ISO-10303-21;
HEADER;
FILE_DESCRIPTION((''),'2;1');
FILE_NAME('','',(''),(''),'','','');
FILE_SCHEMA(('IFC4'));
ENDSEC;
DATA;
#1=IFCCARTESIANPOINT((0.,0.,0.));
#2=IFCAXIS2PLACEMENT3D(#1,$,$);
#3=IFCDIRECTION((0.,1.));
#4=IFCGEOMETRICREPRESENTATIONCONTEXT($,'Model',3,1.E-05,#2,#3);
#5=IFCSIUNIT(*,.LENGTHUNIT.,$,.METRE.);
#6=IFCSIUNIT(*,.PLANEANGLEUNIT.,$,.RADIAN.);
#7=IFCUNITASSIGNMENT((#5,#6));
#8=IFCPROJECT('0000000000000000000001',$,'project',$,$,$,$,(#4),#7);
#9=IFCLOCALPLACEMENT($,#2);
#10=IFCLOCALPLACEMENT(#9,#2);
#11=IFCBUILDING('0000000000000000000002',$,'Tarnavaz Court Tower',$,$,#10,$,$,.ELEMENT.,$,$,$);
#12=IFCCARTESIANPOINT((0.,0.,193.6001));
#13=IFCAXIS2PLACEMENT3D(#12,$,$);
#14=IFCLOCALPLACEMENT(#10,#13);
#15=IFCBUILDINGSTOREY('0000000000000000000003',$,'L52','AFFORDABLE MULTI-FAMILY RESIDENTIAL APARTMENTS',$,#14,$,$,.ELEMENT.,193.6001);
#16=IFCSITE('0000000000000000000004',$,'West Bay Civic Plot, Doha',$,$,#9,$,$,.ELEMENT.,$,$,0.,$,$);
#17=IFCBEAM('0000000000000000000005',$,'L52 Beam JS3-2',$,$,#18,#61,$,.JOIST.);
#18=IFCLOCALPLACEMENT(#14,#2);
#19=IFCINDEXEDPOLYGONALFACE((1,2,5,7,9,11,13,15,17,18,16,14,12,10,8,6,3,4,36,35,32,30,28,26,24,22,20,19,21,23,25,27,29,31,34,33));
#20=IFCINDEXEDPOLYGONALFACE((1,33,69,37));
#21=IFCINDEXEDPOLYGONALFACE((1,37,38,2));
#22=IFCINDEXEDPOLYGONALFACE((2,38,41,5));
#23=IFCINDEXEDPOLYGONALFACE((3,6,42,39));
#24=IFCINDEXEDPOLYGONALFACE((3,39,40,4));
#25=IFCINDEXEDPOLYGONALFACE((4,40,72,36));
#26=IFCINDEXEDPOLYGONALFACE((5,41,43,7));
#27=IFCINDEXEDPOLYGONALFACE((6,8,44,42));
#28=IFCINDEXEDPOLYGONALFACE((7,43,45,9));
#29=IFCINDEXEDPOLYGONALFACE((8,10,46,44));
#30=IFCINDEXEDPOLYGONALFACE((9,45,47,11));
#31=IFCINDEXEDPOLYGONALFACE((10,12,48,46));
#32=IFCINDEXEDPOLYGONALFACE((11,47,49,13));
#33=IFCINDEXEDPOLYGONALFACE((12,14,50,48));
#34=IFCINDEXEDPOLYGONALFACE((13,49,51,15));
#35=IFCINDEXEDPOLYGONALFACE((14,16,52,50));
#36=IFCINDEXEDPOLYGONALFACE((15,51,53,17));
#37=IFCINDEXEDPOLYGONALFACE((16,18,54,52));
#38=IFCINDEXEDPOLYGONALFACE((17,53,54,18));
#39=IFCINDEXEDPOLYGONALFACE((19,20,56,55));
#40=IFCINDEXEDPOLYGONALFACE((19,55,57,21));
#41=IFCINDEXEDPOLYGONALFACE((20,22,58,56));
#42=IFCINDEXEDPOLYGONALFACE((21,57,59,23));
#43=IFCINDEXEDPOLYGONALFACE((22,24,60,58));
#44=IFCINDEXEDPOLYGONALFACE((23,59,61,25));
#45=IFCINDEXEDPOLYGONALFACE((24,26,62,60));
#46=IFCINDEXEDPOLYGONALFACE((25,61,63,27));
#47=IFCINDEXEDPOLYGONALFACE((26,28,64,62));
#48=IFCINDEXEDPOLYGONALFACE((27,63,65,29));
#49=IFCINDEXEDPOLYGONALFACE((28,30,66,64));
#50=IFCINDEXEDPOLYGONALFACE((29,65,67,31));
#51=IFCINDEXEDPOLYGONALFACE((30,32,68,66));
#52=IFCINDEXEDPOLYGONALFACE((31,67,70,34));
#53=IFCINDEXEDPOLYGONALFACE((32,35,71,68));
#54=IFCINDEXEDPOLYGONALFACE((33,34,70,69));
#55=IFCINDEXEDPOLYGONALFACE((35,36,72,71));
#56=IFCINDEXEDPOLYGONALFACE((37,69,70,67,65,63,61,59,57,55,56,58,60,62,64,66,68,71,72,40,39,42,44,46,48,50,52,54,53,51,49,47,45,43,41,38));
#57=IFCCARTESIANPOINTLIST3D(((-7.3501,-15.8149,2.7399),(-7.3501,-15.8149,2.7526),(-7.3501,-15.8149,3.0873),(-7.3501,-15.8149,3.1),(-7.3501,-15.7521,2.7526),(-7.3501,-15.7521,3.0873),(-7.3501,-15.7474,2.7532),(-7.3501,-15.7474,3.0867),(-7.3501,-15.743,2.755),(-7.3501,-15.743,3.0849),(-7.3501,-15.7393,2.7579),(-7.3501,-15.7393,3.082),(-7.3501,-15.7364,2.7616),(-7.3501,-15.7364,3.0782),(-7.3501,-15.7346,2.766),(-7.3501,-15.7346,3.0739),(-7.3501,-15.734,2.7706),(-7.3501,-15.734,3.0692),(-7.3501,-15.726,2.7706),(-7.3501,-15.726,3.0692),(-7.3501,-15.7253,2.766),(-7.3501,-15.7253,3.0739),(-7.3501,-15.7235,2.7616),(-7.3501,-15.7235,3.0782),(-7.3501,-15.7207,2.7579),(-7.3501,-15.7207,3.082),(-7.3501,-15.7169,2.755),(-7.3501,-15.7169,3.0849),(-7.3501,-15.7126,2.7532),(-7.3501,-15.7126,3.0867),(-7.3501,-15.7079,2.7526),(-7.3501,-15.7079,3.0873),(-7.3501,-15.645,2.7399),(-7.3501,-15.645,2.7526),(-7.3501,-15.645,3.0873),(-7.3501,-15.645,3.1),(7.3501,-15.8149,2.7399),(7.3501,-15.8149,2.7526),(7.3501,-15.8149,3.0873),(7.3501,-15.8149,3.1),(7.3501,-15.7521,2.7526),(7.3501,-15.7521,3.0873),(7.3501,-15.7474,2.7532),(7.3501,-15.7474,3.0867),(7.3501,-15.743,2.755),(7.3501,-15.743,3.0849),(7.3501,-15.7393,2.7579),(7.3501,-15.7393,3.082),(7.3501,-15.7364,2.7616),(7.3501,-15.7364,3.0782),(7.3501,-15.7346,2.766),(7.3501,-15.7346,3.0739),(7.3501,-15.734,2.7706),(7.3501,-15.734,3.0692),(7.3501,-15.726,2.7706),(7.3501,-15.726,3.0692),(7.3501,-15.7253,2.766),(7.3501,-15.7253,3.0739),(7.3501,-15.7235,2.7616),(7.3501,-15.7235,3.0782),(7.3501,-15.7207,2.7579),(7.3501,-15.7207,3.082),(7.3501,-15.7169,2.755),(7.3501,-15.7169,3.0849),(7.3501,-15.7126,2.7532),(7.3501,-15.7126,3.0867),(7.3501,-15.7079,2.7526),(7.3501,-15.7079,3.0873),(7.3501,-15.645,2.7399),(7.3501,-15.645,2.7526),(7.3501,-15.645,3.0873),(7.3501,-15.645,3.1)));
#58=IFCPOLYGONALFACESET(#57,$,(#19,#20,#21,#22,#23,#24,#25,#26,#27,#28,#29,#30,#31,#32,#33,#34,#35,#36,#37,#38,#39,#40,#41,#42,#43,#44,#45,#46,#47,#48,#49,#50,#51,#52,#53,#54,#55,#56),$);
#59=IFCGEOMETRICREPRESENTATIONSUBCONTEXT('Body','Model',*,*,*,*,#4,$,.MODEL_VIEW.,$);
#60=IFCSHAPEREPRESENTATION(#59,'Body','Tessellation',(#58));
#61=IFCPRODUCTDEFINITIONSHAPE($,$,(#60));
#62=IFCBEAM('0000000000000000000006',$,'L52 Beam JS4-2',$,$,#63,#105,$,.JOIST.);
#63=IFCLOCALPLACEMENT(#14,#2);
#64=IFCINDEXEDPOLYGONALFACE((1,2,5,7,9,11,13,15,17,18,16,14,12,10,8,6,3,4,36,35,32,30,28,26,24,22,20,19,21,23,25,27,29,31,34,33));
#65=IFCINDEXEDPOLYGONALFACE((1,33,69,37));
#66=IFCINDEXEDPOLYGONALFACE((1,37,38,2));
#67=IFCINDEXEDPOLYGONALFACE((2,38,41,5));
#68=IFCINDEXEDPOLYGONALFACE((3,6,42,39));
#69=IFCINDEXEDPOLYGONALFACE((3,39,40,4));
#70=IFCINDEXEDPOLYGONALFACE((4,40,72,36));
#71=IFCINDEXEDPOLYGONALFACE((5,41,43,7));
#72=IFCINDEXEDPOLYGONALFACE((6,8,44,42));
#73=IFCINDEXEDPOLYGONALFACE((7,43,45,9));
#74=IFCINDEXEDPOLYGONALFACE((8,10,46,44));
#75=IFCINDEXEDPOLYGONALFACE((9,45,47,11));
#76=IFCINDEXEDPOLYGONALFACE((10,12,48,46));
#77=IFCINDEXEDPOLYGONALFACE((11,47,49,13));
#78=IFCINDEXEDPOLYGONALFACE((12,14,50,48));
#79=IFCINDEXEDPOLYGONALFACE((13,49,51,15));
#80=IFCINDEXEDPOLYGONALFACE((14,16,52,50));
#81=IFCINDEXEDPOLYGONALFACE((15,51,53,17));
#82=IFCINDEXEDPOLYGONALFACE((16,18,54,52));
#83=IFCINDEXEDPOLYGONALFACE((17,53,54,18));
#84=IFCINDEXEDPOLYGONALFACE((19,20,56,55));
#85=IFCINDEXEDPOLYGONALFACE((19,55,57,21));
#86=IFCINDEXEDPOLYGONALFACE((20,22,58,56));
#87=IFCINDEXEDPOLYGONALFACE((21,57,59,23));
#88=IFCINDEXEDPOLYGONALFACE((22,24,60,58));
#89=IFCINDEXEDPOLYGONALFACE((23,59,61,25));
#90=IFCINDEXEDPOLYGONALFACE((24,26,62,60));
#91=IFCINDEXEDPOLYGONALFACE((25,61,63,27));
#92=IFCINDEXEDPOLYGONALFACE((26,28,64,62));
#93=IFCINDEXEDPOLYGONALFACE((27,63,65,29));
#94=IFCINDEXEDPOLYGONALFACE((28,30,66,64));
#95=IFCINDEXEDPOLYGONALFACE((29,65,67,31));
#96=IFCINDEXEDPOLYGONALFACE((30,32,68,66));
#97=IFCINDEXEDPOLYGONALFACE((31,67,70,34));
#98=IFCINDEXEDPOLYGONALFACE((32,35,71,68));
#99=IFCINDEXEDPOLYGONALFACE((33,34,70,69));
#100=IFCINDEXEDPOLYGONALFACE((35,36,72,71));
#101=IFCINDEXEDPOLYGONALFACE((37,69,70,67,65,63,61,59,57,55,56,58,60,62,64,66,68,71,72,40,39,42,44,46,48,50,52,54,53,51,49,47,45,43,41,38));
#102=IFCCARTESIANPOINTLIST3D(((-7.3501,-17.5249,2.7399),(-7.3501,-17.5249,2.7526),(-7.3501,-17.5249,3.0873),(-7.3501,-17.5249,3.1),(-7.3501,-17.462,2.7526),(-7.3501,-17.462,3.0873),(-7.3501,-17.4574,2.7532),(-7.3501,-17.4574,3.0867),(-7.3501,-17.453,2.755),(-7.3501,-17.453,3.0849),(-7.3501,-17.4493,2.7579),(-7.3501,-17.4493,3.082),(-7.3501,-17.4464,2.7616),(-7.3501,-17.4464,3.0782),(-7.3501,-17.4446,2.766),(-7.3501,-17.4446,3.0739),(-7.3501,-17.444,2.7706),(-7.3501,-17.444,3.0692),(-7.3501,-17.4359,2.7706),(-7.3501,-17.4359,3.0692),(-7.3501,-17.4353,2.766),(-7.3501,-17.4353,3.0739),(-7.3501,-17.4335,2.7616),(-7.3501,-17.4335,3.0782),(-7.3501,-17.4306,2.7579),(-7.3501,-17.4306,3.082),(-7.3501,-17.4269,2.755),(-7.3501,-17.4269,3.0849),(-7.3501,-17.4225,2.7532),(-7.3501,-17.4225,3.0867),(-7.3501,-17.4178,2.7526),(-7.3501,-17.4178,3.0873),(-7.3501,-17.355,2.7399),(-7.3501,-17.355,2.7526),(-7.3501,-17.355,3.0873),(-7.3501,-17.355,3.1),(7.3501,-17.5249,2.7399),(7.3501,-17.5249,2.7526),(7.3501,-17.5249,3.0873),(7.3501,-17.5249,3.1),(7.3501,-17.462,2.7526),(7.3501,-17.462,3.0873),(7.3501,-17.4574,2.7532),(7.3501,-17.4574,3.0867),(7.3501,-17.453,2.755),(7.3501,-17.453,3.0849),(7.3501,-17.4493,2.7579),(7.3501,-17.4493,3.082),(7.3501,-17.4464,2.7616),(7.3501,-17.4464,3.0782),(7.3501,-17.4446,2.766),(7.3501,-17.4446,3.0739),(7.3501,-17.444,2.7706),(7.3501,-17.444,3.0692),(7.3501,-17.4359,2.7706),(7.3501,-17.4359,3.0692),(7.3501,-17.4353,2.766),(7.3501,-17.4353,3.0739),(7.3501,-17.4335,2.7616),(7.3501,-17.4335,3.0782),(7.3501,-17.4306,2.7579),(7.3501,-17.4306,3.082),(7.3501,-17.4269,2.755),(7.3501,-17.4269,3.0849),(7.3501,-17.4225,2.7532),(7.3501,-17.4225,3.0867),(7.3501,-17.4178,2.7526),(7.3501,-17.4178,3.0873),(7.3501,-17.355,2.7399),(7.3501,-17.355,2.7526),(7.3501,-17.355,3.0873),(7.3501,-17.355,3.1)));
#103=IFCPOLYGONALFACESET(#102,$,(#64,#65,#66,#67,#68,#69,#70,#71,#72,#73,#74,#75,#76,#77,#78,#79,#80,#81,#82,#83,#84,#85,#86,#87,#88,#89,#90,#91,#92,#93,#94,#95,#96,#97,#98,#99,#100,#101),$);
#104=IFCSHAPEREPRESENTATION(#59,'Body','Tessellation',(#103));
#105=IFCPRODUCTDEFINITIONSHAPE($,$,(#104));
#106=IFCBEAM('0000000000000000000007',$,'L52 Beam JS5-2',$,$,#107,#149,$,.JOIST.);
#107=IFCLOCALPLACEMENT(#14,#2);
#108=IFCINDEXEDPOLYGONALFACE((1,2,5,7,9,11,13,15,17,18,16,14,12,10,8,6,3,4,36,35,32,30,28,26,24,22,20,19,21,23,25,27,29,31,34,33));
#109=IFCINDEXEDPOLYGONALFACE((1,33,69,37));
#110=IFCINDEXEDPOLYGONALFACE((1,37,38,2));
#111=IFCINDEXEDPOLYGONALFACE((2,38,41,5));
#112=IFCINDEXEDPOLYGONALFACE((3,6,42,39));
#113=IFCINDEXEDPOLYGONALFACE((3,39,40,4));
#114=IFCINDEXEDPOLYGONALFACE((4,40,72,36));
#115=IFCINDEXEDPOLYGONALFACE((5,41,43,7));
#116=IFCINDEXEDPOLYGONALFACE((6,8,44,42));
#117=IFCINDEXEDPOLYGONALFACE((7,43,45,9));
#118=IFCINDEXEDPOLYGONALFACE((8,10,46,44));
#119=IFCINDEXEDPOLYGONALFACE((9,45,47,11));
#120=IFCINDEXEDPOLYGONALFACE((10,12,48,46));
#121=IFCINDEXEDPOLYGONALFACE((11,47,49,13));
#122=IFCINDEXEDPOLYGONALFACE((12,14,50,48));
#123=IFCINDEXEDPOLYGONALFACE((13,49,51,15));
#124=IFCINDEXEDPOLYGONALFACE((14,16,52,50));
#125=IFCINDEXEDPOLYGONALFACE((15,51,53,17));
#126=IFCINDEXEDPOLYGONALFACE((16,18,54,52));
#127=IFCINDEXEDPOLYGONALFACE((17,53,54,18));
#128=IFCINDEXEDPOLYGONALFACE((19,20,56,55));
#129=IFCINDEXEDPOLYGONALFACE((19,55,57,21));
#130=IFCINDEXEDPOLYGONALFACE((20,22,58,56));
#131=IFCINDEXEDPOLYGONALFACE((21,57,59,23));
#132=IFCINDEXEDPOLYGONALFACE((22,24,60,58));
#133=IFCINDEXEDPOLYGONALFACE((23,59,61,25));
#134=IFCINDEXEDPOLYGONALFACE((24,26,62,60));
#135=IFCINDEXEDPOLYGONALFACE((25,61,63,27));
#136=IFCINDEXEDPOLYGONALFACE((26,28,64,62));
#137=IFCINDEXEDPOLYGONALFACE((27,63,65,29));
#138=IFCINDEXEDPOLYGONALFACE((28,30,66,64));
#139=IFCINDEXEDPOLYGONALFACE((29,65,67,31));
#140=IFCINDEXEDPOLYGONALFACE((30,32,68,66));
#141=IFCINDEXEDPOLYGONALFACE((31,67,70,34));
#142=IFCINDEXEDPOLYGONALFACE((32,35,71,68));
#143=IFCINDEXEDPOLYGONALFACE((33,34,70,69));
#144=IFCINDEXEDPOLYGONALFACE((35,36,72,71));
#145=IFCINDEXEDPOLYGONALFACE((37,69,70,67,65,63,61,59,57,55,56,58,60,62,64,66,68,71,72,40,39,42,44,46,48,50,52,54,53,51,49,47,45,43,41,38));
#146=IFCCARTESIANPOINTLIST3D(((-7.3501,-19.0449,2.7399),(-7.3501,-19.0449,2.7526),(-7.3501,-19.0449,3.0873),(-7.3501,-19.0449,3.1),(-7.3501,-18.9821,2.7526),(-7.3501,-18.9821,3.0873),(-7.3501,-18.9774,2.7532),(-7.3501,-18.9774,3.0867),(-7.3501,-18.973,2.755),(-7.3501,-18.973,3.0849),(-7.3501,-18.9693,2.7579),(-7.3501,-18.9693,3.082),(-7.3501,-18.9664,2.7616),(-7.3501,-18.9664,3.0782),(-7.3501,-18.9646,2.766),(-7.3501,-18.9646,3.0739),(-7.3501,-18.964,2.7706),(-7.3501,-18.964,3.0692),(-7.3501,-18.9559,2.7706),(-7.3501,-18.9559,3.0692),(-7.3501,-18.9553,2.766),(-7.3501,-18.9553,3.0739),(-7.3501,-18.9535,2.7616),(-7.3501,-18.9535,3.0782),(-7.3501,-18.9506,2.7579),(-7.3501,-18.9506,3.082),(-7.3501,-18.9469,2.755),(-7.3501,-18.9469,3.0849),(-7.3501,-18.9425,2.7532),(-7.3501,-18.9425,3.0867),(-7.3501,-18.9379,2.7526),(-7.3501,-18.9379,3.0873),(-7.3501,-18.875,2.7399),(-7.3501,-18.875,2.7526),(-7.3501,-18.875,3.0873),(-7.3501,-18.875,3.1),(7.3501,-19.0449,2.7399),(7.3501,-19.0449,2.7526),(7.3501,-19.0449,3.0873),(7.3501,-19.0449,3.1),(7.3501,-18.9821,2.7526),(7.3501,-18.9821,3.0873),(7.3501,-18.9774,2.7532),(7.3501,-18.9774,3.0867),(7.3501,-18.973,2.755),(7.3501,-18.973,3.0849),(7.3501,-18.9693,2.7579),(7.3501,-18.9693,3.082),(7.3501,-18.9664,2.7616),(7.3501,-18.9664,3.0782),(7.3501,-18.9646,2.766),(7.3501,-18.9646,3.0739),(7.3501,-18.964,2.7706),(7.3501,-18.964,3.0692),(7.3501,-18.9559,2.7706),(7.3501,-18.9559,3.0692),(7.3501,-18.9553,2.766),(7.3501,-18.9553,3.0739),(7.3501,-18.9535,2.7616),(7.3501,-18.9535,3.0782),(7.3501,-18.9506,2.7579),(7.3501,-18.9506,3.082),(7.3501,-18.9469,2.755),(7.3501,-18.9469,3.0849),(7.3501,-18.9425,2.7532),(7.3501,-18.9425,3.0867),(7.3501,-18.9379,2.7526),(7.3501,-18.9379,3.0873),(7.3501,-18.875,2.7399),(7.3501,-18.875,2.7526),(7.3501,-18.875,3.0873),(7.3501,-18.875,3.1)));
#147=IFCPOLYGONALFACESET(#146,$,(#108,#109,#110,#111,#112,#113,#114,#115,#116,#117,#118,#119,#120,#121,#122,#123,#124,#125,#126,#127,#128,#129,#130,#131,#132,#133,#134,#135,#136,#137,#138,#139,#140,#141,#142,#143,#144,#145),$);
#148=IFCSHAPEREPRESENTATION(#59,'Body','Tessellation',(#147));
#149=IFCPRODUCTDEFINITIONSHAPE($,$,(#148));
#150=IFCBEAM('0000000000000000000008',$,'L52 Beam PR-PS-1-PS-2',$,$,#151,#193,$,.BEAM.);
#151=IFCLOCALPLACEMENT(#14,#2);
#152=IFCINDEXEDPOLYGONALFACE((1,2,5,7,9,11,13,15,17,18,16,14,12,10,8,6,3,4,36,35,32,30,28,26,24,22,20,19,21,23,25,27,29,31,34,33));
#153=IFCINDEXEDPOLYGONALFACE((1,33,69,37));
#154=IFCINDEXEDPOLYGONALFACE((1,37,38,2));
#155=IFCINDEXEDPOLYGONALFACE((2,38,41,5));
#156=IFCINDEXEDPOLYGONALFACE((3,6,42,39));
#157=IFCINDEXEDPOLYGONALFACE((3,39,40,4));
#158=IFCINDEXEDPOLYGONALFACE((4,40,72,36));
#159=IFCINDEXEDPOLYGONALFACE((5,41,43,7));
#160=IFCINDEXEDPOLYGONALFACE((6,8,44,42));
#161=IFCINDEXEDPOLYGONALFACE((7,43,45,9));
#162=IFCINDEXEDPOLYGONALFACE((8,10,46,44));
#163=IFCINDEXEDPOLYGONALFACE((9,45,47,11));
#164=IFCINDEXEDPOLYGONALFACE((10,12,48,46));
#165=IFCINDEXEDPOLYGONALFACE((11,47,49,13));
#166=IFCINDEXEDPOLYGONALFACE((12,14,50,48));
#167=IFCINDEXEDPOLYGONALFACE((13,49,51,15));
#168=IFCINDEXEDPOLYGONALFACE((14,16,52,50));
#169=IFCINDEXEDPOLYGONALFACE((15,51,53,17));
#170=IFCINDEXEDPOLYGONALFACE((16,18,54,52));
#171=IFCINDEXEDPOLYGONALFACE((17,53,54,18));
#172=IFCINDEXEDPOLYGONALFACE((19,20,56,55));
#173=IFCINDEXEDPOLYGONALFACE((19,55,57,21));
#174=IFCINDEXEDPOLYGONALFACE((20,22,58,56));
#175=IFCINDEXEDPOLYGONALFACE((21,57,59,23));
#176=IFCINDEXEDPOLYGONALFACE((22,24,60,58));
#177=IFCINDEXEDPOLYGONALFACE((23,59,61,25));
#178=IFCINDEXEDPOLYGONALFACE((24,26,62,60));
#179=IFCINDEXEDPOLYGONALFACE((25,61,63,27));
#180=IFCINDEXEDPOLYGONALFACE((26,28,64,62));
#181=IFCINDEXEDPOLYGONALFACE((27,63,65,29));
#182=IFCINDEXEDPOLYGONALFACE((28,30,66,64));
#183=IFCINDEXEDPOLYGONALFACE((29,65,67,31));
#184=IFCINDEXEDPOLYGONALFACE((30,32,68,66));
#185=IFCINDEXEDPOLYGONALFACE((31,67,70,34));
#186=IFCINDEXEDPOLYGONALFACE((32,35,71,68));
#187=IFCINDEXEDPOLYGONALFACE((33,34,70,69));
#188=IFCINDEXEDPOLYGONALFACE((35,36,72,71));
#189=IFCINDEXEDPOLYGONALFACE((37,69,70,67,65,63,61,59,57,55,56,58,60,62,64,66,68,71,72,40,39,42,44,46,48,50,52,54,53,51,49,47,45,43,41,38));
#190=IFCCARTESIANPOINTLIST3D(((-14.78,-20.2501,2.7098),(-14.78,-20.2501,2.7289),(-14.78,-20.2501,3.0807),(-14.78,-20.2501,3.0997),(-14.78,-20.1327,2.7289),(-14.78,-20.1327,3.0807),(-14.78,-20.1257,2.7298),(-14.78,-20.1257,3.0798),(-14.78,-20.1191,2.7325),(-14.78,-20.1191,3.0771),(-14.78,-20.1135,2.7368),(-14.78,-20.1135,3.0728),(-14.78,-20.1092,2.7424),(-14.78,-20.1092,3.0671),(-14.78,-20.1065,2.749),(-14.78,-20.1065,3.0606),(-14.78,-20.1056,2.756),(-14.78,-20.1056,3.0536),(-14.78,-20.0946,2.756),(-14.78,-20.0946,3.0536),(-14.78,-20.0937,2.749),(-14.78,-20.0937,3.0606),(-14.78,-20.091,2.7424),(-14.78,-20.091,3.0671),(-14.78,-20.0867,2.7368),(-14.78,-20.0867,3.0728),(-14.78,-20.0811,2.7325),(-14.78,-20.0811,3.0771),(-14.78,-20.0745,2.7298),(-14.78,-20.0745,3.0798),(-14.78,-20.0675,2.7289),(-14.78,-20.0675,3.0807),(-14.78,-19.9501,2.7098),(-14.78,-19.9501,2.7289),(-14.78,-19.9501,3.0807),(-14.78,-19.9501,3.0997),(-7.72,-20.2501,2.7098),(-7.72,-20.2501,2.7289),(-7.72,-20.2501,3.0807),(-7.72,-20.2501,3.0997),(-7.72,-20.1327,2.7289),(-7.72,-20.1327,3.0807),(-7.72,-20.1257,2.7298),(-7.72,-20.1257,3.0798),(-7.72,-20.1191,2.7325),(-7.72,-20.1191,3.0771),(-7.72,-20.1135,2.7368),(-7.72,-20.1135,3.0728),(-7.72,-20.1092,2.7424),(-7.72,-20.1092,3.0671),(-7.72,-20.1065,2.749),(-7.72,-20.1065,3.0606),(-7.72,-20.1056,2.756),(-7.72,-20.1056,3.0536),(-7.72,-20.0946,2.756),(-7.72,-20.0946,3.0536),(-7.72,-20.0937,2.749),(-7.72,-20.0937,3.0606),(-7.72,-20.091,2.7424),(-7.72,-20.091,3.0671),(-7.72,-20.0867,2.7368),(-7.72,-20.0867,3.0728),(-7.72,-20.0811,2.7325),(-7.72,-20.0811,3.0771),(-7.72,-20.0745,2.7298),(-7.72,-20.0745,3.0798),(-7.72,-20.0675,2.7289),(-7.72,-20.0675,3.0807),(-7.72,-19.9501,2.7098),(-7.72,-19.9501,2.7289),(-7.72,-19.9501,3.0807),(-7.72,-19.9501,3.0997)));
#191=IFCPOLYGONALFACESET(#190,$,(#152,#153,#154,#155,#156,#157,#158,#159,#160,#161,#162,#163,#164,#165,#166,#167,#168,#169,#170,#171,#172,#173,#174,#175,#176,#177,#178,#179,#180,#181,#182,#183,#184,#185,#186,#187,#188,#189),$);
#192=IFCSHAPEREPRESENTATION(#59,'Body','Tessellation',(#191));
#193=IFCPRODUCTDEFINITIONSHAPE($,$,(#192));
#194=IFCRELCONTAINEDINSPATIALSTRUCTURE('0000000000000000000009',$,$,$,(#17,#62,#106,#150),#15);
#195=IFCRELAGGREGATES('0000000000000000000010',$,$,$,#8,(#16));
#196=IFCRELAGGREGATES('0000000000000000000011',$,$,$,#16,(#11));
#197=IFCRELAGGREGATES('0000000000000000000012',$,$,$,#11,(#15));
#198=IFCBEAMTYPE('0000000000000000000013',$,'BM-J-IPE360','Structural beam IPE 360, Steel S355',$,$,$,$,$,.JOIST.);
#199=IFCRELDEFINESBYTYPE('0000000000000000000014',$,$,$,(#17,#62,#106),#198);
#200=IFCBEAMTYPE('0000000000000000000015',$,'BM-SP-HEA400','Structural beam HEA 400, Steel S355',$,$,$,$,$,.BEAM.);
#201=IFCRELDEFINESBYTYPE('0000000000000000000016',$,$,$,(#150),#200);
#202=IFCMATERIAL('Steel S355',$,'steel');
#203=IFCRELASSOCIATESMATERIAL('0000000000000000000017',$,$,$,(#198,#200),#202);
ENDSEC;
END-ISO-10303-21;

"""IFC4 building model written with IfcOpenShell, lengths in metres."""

from ifc_helpers import new_model, si_unit, direction, frame, origin, origin_2d, place, context, subcontext, project, spatial, i_section, extrude, material, material_profile, profile_set, type_object, element, save


model = new_model("IFC4")

# Units and contexts
model_context = context("Model", 3, precision=1e-05, world=origin(), true_north=direction((0.0, 1.0)))
body_context = subcontext(model_context, "Body", "Model", "MODEL_VIEW")
ifc_project = project(units=[si_unit("LENGTHUNIT", "METRE"), si_unit("PLANEANGLEUNIT", "RADIAN")], contexts=[model_context])

# Site, building, storey
site_placement = place(None, origin())
site = spatial("IfcSite", under=ifc_project, at=site_placement, Name="West Bay Civic Plot, Doha", CompositionType="ELEMENT", RefElevation=0.0)
building_placement = place(site_placement, origin())
building = spatial("IfcBuilding", under=site, at=building_placement, Name="Tarnavaz Court Tower", CompositionType="ELEMENT")
storey_placement = place(building_placement, frame((0.0, 0.0, 193.6001)))
storey = spatial("IfcBuildingStorey", under=building, at=storey_placement, Name="L52", Description="AFFORDABLE MULTI-FAMILY RESIDENTIAL APARTMENTS", CompositionType="ELEMENT", Elevation=193.6001)

# Beams
ifc_material_1 = material(Name="Steel S355", Category="steel")
ifc_material_profile_1 = material_profile(ifc_material_1, i_section(OverallWidth=0.1699, OverallDepth=0.3601, WebThickness=0.0081, FlangeThickness=0.0127, FilletRadius=0.0181, at=origin_2d()), Name="IPE 360")
ifc_profile_set_1 = profile_set([ifc_material_profile_1], Name="Steel S355")
beam_type_1 = type_object("IfcBeamType", Name="BM-J-IPE360", Description="Structural beam IPE 360, Steel S355", PredefinedType="JOIST", material=ifc_profile_set_1)
for number, where, z_axis, x_axis, name in (
    (1, (-7.3501, -15.73, 2.9199), (1.0, 0.0, 0.0), (0.0, 1.0, 0.0), "L52 Beam JS3-2"),
    (2, (-7.3501, -17.4399, 2.9199), (1.0, 0.0, 0.0), (0.0, 1.0, 0.0), "L52 Beam JS4-2"),
    (3, (-7.3501, -18.96, 2.9199), (1.0, 0.0, 0.0), (0.0, 1.0, 0.0), "L52 Beam JS5-2"),
):
    element("IfcBeam", number, at=place(storey_placement, frame(where, z_axis=z_axis, x_axis=x_axis)), inside=storey, type_object=beam_type_1, Name=name, PredefinedType="JOIST", context=body_context, shape_type="SweptSolid", body=[
        extrude(i_section(OverallWidth=0.1699, OverallDepth=0.3601, WebThickness=0.0081, FlangeThickness=0.0127, FilletRadius=0.0181, at=origin_2d()), origin(), (0.0, 0.0, 1.0), 14.7002),
    ])
ifc_material_profile_2 = material_profile(ifc_material_1, i_section(OverallWidth=0.3, OverallDepth=0.3899, WebThickness=0.011, FlangeThickness=0.019, FilletRadius=0.0271, at=origin_2d()), Name="HEA 400")
ifc_profile_set_2 = profile_set([ifc_material_profile_2], Name="Steel S355")
beam_type_2 = type_object("IfcBeamType", Name="BM-SP-HEA400", Description="Structural beam HEA 400, Steel S355", PredefinedType="BEAM", material=ifc_profile_set_2)
beam_1_placement = place(storey_placement, frame((-14.78, -20.1001, 2.9048), z_axis=(1.0, 0.0, 0.0), x_axis=(0.0, 1.0, 0.0)))
element("IfcBeam", 4, at=beam_1_placement, inside=storey, type_object=beam_type_2, Name="L52 Beam PR-PS-1-PS-2", PredefinedType="BEAM", context=body_context, shape_type="SweptSolid", body=[
    extrude(i_section(OverallWidth=0.3, OverallDepth=0.3899, WebThickness=0.011, FlangeThickness=0.019, FilletRadius=0.0271, at=origin_2d()), origin(), (0.0, 0.0, 1.0), 7.0601),
])

save(model, "model.ifc")
